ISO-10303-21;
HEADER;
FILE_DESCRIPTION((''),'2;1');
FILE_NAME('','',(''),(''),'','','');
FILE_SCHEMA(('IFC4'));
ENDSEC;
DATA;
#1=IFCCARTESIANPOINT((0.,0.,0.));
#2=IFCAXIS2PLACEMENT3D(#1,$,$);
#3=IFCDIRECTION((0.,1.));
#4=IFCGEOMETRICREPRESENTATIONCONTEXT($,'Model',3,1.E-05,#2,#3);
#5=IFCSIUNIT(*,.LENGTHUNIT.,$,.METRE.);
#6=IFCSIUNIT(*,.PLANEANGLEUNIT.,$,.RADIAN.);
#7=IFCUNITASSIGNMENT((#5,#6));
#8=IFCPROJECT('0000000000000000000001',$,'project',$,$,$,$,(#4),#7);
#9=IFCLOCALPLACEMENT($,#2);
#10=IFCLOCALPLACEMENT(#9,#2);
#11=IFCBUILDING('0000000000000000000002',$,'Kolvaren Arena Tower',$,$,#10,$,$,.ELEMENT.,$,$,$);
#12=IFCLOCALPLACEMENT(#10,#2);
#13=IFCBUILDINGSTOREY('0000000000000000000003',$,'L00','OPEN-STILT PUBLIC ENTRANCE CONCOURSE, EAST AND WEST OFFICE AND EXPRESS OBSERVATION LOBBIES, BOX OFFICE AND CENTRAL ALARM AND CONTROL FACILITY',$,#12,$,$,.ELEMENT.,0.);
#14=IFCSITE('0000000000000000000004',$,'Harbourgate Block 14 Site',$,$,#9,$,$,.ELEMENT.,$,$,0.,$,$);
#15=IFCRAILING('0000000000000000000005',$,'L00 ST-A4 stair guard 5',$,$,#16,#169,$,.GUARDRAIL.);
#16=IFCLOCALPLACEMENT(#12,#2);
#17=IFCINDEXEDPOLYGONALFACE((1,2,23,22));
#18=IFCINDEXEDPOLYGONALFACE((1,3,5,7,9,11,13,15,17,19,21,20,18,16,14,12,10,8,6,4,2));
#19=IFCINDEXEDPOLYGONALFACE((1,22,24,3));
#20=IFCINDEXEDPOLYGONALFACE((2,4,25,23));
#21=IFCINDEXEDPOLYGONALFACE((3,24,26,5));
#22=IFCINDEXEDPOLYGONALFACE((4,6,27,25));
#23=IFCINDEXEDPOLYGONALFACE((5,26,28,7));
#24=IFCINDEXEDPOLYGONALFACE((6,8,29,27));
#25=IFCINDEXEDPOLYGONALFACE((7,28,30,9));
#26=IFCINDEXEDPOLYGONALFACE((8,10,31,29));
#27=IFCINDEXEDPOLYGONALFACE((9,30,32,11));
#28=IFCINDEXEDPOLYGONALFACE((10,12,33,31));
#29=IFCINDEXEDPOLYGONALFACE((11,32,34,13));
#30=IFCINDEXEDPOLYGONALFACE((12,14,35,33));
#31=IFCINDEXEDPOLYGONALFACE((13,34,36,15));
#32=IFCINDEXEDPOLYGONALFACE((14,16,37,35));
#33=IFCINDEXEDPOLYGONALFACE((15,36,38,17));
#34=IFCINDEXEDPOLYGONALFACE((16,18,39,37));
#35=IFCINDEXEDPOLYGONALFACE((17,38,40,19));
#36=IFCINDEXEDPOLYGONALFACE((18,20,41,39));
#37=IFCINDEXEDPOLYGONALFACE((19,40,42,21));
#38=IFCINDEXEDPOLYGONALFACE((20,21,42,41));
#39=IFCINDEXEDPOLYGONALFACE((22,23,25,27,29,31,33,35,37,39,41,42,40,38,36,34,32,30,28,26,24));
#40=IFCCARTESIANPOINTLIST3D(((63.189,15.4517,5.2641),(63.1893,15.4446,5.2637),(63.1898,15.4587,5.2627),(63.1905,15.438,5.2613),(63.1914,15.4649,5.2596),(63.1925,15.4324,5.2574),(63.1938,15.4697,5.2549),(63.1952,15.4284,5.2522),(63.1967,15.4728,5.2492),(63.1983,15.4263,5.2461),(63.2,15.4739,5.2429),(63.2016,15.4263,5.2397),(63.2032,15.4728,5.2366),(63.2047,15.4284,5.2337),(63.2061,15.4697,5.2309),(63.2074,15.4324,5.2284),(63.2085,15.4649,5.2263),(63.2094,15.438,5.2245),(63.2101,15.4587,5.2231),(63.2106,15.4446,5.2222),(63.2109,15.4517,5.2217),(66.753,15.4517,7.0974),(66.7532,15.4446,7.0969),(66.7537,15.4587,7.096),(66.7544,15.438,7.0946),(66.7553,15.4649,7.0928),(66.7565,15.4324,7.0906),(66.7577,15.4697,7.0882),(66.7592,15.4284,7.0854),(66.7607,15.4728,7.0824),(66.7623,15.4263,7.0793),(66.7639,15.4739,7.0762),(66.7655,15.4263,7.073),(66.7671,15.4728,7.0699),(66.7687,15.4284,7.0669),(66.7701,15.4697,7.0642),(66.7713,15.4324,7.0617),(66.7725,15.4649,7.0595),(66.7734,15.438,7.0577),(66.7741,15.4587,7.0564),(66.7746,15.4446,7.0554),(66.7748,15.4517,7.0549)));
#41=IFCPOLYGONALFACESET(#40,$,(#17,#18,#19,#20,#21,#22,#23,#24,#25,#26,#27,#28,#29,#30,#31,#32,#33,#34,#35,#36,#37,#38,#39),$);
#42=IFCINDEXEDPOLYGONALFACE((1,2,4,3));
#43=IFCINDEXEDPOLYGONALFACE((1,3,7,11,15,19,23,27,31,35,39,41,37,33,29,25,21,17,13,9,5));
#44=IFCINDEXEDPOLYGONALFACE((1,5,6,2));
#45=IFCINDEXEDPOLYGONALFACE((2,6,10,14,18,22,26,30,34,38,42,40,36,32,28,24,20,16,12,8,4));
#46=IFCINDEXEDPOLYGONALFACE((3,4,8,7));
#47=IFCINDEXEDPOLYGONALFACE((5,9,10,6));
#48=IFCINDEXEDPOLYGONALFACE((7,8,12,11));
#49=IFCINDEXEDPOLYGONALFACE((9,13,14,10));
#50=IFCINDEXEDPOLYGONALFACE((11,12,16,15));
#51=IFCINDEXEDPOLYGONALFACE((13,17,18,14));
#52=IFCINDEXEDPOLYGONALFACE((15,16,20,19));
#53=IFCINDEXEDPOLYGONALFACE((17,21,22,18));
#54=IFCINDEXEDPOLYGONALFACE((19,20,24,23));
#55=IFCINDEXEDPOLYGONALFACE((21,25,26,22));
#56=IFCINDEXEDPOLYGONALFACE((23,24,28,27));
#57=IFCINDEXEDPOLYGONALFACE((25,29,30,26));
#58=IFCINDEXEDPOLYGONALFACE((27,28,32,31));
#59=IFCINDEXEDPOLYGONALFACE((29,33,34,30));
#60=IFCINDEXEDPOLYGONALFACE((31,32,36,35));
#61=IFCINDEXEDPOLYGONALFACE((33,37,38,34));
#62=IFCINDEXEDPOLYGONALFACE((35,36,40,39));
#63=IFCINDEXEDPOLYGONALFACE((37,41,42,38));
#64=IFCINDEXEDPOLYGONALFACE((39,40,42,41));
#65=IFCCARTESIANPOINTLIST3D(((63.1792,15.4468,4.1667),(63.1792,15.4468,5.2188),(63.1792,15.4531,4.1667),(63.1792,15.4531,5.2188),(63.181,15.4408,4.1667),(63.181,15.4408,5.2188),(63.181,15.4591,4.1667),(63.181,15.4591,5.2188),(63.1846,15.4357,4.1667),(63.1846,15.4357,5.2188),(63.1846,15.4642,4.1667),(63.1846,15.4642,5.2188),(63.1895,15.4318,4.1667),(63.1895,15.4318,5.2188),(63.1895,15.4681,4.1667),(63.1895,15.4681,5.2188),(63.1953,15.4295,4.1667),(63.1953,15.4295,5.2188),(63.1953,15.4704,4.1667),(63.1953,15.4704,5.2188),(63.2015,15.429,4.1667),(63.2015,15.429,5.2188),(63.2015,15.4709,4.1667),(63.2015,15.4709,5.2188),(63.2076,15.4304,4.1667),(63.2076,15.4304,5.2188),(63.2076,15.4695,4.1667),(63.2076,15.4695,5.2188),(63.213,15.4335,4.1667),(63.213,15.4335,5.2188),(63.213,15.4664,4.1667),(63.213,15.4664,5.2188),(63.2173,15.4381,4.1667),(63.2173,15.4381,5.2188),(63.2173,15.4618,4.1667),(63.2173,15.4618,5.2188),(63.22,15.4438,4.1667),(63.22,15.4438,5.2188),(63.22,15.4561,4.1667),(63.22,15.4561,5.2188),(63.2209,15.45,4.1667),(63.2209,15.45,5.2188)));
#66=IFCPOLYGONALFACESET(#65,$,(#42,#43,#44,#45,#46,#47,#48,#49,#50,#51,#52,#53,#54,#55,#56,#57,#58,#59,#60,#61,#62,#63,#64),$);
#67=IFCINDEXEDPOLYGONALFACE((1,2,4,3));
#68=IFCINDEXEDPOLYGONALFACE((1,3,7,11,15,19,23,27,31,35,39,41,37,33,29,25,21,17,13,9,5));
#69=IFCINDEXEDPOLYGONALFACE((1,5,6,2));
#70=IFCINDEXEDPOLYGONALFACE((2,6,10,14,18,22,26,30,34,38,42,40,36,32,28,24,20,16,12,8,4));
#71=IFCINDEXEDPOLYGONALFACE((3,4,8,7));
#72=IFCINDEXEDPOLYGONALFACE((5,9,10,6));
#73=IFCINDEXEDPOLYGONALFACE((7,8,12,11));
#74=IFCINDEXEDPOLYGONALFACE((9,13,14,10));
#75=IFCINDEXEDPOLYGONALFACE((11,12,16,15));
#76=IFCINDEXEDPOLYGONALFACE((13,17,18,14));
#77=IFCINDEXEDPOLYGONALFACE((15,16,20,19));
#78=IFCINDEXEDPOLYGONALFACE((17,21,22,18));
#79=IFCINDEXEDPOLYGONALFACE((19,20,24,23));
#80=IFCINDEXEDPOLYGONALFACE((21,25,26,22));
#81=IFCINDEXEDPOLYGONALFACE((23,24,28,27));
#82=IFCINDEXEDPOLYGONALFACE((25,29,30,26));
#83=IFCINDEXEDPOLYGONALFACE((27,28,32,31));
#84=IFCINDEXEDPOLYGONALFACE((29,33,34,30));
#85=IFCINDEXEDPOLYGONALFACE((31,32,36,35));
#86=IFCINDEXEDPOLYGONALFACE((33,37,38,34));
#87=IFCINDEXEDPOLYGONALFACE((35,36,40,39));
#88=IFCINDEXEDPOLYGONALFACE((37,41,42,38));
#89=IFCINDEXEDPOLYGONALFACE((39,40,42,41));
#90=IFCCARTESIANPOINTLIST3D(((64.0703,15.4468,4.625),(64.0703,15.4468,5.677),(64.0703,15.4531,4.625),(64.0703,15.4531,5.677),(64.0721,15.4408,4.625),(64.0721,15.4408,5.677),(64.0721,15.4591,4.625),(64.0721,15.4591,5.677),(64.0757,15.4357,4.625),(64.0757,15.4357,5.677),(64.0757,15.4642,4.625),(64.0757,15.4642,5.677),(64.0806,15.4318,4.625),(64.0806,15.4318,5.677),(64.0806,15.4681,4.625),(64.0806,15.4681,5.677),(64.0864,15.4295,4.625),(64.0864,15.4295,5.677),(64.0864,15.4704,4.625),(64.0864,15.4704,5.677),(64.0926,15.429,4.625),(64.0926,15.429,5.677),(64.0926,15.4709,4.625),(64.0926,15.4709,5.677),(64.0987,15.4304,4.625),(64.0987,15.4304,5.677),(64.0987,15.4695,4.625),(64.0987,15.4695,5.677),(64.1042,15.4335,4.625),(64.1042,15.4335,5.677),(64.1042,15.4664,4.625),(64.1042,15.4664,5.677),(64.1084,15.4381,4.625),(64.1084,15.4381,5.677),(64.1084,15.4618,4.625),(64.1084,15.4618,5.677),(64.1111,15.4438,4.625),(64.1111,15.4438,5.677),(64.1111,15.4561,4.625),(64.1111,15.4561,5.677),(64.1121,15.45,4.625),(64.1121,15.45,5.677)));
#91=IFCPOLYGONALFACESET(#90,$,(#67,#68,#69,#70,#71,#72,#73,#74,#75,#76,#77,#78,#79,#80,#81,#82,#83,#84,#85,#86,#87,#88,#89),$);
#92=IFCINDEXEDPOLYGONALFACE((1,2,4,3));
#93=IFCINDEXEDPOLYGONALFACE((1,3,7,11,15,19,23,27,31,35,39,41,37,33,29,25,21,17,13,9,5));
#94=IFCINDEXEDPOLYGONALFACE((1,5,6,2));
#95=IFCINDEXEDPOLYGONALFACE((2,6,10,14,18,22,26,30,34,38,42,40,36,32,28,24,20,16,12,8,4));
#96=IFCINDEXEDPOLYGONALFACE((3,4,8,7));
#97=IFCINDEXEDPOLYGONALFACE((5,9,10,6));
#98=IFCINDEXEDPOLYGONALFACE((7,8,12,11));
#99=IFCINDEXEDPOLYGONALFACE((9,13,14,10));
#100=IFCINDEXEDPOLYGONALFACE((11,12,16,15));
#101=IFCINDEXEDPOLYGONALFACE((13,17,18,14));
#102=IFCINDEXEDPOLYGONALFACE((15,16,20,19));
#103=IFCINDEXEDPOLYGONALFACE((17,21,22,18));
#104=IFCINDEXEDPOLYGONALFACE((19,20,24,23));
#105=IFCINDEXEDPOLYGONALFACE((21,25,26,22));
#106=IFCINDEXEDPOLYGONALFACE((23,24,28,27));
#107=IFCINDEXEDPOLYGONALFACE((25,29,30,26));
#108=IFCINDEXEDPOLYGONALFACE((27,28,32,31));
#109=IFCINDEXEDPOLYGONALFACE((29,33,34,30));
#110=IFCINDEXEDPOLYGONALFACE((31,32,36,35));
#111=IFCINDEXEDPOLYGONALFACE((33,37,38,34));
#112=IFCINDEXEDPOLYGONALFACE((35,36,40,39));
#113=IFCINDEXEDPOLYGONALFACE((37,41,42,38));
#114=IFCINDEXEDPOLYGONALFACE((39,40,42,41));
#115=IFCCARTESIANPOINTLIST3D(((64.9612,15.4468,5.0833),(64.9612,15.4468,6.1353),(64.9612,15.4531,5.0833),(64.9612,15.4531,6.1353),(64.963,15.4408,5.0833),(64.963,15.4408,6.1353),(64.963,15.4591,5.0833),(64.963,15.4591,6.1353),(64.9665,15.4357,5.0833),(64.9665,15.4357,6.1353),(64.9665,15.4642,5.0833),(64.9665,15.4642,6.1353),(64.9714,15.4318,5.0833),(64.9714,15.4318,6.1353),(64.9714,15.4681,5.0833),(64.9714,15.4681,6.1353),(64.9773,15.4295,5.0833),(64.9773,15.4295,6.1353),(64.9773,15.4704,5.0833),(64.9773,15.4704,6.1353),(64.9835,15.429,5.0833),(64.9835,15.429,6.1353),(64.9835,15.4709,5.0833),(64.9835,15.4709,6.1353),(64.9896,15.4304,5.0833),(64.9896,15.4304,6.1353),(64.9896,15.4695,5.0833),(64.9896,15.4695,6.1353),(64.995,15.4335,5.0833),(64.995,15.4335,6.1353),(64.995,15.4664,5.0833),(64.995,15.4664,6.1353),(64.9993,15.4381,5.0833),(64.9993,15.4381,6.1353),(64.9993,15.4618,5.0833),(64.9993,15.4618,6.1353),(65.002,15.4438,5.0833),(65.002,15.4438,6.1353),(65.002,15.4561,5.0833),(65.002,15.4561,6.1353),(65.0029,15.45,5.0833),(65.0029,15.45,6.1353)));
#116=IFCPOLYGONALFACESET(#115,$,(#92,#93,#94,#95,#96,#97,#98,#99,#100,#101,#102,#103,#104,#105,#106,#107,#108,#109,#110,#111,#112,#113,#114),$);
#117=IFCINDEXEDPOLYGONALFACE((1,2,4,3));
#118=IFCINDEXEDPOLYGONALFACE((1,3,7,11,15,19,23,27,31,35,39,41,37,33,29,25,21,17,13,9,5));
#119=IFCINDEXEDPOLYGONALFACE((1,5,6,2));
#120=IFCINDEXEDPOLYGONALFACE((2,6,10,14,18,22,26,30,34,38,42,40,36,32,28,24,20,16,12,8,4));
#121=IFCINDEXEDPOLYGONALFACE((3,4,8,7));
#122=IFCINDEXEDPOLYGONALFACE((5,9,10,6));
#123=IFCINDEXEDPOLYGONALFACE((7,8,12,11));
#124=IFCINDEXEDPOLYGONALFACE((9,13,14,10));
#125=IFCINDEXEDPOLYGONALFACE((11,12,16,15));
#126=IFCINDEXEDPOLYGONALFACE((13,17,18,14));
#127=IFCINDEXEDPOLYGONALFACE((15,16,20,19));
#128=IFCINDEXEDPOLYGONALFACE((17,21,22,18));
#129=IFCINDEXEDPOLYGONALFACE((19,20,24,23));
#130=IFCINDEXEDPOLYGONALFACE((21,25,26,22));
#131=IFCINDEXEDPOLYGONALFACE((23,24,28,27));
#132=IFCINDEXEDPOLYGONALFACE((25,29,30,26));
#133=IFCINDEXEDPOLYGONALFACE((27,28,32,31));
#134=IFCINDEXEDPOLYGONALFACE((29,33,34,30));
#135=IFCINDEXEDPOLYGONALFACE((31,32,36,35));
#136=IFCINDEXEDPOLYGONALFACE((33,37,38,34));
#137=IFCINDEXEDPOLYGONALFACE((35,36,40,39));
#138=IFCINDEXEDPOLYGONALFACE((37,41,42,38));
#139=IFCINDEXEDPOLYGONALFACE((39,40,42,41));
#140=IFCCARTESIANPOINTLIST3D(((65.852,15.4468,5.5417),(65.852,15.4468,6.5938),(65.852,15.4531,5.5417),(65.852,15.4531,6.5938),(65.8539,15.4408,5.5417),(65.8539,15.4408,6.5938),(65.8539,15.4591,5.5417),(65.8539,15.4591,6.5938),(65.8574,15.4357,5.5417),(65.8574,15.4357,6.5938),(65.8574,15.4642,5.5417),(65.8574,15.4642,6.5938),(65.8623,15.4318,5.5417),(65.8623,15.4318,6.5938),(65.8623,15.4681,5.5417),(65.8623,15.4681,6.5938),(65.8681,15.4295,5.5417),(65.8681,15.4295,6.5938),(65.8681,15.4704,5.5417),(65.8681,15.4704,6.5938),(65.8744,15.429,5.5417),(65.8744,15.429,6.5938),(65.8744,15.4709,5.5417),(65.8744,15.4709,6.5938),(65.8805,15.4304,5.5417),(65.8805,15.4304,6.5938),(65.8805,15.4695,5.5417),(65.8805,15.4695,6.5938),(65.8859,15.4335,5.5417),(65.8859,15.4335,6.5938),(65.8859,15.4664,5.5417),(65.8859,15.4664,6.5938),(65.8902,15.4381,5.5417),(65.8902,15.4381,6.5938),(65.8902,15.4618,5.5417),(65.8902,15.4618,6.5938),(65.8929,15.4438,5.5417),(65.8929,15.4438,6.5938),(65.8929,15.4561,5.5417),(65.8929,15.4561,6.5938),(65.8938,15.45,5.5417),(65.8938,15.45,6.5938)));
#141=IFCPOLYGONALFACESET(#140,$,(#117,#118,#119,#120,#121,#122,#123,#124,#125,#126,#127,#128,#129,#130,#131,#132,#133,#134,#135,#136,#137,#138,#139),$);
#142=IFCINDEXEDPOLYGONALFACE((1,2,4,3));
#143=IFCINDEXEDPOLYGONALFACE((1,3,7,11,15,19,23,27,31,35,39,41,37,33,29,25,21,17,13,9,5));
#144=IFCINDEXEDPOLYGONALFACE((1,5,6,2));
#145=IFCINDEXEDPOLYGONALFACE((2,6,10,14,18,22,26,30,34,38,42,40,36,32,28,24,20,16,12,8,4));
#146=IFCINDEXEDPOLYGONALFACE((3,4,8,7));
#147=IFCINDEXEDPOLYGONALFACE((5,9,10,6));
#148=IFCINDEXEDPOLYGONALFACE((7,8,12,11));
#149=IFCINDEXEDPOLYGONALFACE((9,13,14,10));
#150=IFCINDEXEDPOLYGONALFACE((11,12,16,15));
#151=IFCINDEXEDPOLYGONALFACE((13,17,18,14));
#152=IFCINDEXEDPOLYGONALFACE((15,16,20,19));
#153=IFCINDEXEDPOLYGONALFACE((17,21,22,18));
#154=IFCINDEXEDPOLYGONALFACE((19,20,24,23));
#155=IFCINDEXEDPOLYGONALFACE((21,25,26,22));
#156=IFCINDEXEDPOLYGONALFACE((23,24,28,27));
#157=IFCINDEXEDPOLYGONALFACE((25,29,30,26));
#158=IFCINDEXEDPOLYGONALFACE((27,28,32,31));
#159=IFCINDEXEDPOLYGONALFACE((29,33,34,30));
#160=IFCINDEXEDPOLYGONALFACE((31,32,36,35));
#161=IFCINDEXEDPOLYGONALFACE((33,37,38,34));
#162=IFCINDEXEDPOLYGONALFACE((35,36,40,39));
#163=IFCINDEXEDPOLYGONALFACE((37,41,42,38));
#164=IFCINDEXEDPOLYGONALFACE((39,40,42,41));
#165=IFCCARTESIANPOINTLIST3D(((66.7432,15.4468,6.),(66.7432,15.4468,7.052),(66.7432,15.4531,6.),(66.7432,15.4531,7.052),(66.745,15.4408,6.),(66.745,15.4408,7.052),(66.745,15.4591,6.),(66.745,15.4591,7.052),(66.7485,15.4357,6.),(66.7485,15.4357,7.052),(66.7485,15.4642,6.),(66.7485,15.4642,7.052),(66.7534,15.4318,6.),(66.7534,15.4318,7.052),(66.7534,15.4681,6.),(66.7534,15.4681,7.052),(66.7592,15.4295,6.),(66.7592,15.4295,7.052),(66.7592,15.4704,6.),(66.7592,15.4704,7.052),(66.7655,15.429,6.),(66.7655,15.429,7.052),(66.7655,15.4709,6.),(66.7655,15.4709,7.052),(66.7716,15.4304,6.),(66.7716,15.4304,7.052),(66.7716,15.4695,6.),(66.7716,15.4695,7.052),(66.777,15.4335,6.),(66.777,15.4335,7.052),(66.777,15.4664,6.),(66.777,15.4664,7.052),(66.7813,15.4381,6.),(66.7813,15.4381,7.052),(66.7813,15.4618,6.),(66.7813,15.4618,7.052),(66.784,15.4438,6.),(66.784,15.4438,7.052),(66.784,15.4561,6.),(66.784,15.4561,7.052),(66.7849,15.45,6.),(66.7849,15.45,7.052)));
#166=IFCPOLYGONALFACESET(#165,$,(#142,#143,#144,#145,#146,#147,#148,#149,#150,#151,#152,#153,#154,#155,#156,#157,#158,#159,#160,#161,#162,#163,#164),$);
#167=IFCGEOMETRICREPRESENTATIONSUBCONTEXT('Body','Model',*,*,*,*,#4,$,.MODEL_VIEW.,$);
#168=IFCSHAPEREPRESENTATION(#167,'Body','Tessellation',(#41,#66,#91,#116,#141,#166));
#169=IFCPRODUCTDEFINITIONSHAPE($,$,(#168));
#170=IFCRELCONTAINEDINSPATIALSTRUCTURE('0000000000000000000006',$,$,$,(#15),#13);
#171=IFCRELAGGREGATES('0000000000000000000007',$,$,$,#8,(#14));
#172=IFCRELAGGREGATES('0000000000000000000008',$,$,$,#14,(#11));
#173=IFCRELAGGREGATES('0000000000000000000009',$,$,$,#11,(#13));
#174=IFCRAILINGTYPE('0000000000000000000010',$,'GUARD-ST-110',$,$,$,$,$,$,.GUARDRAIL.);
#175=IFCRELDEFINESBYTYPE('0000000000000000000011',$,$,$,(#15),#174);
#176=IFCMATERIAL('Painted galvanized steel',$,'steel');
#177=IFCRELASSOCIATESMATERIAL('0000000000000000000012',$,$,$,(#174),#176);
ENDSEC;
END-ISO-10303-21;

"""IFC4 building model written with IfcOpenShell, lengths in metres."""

from ifc_helpers import new_model, si_unit, direction, frame, origin, origin_2d, place, context, subcontext, project, spatial, circle, extrude, material, type_object, element, save


model = new_model("IFC4")

# Units and contexts
model_context = context("Model", 3, precision=1e-05, world=origin(), true_north=direction((0.0, 1.0)))
body_context = subcontext(model_context, "Body", "Model", "MODEL_VIEW")
ifc_project = project(units=[si_unit("LENGTHUNIT", "METRE"), si_unit("PLANEANGLEUNIT", "RADIAN")], contexts=[model_context])

# Site, building, storey
site_placement = place(None, origin())
site = spatial("IfcSite", under=ifc_project, at=site_placement, Name="Harbourgate Block 14 Site", CompositionType="ELEMENT", RefElevation=0.0)
building_placement = place(site_placement, origin())
building = spatial("IfcBuilding", under=site, at=building_placement, Name="Kolvaren Arena Tower", CompositionType="ELEMENT")
storey_placement = place(building_placement, origin())
storey = spatial("IfcBuildingStorey", under=building, at=storey_placement, Name="L00", Description="OPEN-STILT PUBLIC ENTRANCE CONCOURSE, EAST AND WEST OFFICE AND EXPRESS OBSERVATION LOBBIES, BOX OFFICE AND CENTRAL ALARM AND CONTROL FACILITY", CompositionType="ELEMENT", Elevation=0.0)

# Railing
ifc_material_1 = material(Name="Painted galvanized steel", Category="steel")
railing_type_1 = type_object("IfcRailingType", Name="GUARD-ST-110", PredefinedType="GUARDRAIL", material=ifc_material_1)
railing_1_placement = place(storey_placement, frame((63.2, 15.45, 4.1667)))
element("IfcRailing", 1, at=railing_1_placement, inside=storey, type_object=railing_type_1, Name="L00 ST-A4 stair guard 5", PredefinedType="GUARDRAIL", context=body_context, shape_type="SweptSolid", body=[
    extrude(circle(Radius=0.0239, at=origin_2d()), frame((0.0, 0.0, 1.0762), z_axis=(0.889252, 0.0, 0.457418), x_axis=(0.0, 1.0, 0.0)), (0.0, 0.0, 1.0), 4.0078),
    extrude(circle(Radius=0.021, at=origin_2d()), origin(), (0.0, 0.0, 1.0), 1.052),
    extrude(circle(Radius=0.021, at=origin_2d()), frame((0.8911, 0.0, 0.4583)), (0.0, 0.0, 1.0), 1.052),
    extrude(circle(Radius=0.021, at=origin_2d()), frame((1.782, 0.0, 0.9165)), (0.0, 0.0, 1.0), 1.052),
    extrude(circle(Radius=0.021, at=origin_2d()), frame((2.6729, 0.0, 1.375)), (0.0, 0.0, 1.0), 1.052),
    extrude(circle(Radius=0.021, at=origin_2d()), frame((3.564, 0.0, 1.8333)), (0.0, 0.0, 1.0), 1.052),
])

save(model, "model.ifc")
